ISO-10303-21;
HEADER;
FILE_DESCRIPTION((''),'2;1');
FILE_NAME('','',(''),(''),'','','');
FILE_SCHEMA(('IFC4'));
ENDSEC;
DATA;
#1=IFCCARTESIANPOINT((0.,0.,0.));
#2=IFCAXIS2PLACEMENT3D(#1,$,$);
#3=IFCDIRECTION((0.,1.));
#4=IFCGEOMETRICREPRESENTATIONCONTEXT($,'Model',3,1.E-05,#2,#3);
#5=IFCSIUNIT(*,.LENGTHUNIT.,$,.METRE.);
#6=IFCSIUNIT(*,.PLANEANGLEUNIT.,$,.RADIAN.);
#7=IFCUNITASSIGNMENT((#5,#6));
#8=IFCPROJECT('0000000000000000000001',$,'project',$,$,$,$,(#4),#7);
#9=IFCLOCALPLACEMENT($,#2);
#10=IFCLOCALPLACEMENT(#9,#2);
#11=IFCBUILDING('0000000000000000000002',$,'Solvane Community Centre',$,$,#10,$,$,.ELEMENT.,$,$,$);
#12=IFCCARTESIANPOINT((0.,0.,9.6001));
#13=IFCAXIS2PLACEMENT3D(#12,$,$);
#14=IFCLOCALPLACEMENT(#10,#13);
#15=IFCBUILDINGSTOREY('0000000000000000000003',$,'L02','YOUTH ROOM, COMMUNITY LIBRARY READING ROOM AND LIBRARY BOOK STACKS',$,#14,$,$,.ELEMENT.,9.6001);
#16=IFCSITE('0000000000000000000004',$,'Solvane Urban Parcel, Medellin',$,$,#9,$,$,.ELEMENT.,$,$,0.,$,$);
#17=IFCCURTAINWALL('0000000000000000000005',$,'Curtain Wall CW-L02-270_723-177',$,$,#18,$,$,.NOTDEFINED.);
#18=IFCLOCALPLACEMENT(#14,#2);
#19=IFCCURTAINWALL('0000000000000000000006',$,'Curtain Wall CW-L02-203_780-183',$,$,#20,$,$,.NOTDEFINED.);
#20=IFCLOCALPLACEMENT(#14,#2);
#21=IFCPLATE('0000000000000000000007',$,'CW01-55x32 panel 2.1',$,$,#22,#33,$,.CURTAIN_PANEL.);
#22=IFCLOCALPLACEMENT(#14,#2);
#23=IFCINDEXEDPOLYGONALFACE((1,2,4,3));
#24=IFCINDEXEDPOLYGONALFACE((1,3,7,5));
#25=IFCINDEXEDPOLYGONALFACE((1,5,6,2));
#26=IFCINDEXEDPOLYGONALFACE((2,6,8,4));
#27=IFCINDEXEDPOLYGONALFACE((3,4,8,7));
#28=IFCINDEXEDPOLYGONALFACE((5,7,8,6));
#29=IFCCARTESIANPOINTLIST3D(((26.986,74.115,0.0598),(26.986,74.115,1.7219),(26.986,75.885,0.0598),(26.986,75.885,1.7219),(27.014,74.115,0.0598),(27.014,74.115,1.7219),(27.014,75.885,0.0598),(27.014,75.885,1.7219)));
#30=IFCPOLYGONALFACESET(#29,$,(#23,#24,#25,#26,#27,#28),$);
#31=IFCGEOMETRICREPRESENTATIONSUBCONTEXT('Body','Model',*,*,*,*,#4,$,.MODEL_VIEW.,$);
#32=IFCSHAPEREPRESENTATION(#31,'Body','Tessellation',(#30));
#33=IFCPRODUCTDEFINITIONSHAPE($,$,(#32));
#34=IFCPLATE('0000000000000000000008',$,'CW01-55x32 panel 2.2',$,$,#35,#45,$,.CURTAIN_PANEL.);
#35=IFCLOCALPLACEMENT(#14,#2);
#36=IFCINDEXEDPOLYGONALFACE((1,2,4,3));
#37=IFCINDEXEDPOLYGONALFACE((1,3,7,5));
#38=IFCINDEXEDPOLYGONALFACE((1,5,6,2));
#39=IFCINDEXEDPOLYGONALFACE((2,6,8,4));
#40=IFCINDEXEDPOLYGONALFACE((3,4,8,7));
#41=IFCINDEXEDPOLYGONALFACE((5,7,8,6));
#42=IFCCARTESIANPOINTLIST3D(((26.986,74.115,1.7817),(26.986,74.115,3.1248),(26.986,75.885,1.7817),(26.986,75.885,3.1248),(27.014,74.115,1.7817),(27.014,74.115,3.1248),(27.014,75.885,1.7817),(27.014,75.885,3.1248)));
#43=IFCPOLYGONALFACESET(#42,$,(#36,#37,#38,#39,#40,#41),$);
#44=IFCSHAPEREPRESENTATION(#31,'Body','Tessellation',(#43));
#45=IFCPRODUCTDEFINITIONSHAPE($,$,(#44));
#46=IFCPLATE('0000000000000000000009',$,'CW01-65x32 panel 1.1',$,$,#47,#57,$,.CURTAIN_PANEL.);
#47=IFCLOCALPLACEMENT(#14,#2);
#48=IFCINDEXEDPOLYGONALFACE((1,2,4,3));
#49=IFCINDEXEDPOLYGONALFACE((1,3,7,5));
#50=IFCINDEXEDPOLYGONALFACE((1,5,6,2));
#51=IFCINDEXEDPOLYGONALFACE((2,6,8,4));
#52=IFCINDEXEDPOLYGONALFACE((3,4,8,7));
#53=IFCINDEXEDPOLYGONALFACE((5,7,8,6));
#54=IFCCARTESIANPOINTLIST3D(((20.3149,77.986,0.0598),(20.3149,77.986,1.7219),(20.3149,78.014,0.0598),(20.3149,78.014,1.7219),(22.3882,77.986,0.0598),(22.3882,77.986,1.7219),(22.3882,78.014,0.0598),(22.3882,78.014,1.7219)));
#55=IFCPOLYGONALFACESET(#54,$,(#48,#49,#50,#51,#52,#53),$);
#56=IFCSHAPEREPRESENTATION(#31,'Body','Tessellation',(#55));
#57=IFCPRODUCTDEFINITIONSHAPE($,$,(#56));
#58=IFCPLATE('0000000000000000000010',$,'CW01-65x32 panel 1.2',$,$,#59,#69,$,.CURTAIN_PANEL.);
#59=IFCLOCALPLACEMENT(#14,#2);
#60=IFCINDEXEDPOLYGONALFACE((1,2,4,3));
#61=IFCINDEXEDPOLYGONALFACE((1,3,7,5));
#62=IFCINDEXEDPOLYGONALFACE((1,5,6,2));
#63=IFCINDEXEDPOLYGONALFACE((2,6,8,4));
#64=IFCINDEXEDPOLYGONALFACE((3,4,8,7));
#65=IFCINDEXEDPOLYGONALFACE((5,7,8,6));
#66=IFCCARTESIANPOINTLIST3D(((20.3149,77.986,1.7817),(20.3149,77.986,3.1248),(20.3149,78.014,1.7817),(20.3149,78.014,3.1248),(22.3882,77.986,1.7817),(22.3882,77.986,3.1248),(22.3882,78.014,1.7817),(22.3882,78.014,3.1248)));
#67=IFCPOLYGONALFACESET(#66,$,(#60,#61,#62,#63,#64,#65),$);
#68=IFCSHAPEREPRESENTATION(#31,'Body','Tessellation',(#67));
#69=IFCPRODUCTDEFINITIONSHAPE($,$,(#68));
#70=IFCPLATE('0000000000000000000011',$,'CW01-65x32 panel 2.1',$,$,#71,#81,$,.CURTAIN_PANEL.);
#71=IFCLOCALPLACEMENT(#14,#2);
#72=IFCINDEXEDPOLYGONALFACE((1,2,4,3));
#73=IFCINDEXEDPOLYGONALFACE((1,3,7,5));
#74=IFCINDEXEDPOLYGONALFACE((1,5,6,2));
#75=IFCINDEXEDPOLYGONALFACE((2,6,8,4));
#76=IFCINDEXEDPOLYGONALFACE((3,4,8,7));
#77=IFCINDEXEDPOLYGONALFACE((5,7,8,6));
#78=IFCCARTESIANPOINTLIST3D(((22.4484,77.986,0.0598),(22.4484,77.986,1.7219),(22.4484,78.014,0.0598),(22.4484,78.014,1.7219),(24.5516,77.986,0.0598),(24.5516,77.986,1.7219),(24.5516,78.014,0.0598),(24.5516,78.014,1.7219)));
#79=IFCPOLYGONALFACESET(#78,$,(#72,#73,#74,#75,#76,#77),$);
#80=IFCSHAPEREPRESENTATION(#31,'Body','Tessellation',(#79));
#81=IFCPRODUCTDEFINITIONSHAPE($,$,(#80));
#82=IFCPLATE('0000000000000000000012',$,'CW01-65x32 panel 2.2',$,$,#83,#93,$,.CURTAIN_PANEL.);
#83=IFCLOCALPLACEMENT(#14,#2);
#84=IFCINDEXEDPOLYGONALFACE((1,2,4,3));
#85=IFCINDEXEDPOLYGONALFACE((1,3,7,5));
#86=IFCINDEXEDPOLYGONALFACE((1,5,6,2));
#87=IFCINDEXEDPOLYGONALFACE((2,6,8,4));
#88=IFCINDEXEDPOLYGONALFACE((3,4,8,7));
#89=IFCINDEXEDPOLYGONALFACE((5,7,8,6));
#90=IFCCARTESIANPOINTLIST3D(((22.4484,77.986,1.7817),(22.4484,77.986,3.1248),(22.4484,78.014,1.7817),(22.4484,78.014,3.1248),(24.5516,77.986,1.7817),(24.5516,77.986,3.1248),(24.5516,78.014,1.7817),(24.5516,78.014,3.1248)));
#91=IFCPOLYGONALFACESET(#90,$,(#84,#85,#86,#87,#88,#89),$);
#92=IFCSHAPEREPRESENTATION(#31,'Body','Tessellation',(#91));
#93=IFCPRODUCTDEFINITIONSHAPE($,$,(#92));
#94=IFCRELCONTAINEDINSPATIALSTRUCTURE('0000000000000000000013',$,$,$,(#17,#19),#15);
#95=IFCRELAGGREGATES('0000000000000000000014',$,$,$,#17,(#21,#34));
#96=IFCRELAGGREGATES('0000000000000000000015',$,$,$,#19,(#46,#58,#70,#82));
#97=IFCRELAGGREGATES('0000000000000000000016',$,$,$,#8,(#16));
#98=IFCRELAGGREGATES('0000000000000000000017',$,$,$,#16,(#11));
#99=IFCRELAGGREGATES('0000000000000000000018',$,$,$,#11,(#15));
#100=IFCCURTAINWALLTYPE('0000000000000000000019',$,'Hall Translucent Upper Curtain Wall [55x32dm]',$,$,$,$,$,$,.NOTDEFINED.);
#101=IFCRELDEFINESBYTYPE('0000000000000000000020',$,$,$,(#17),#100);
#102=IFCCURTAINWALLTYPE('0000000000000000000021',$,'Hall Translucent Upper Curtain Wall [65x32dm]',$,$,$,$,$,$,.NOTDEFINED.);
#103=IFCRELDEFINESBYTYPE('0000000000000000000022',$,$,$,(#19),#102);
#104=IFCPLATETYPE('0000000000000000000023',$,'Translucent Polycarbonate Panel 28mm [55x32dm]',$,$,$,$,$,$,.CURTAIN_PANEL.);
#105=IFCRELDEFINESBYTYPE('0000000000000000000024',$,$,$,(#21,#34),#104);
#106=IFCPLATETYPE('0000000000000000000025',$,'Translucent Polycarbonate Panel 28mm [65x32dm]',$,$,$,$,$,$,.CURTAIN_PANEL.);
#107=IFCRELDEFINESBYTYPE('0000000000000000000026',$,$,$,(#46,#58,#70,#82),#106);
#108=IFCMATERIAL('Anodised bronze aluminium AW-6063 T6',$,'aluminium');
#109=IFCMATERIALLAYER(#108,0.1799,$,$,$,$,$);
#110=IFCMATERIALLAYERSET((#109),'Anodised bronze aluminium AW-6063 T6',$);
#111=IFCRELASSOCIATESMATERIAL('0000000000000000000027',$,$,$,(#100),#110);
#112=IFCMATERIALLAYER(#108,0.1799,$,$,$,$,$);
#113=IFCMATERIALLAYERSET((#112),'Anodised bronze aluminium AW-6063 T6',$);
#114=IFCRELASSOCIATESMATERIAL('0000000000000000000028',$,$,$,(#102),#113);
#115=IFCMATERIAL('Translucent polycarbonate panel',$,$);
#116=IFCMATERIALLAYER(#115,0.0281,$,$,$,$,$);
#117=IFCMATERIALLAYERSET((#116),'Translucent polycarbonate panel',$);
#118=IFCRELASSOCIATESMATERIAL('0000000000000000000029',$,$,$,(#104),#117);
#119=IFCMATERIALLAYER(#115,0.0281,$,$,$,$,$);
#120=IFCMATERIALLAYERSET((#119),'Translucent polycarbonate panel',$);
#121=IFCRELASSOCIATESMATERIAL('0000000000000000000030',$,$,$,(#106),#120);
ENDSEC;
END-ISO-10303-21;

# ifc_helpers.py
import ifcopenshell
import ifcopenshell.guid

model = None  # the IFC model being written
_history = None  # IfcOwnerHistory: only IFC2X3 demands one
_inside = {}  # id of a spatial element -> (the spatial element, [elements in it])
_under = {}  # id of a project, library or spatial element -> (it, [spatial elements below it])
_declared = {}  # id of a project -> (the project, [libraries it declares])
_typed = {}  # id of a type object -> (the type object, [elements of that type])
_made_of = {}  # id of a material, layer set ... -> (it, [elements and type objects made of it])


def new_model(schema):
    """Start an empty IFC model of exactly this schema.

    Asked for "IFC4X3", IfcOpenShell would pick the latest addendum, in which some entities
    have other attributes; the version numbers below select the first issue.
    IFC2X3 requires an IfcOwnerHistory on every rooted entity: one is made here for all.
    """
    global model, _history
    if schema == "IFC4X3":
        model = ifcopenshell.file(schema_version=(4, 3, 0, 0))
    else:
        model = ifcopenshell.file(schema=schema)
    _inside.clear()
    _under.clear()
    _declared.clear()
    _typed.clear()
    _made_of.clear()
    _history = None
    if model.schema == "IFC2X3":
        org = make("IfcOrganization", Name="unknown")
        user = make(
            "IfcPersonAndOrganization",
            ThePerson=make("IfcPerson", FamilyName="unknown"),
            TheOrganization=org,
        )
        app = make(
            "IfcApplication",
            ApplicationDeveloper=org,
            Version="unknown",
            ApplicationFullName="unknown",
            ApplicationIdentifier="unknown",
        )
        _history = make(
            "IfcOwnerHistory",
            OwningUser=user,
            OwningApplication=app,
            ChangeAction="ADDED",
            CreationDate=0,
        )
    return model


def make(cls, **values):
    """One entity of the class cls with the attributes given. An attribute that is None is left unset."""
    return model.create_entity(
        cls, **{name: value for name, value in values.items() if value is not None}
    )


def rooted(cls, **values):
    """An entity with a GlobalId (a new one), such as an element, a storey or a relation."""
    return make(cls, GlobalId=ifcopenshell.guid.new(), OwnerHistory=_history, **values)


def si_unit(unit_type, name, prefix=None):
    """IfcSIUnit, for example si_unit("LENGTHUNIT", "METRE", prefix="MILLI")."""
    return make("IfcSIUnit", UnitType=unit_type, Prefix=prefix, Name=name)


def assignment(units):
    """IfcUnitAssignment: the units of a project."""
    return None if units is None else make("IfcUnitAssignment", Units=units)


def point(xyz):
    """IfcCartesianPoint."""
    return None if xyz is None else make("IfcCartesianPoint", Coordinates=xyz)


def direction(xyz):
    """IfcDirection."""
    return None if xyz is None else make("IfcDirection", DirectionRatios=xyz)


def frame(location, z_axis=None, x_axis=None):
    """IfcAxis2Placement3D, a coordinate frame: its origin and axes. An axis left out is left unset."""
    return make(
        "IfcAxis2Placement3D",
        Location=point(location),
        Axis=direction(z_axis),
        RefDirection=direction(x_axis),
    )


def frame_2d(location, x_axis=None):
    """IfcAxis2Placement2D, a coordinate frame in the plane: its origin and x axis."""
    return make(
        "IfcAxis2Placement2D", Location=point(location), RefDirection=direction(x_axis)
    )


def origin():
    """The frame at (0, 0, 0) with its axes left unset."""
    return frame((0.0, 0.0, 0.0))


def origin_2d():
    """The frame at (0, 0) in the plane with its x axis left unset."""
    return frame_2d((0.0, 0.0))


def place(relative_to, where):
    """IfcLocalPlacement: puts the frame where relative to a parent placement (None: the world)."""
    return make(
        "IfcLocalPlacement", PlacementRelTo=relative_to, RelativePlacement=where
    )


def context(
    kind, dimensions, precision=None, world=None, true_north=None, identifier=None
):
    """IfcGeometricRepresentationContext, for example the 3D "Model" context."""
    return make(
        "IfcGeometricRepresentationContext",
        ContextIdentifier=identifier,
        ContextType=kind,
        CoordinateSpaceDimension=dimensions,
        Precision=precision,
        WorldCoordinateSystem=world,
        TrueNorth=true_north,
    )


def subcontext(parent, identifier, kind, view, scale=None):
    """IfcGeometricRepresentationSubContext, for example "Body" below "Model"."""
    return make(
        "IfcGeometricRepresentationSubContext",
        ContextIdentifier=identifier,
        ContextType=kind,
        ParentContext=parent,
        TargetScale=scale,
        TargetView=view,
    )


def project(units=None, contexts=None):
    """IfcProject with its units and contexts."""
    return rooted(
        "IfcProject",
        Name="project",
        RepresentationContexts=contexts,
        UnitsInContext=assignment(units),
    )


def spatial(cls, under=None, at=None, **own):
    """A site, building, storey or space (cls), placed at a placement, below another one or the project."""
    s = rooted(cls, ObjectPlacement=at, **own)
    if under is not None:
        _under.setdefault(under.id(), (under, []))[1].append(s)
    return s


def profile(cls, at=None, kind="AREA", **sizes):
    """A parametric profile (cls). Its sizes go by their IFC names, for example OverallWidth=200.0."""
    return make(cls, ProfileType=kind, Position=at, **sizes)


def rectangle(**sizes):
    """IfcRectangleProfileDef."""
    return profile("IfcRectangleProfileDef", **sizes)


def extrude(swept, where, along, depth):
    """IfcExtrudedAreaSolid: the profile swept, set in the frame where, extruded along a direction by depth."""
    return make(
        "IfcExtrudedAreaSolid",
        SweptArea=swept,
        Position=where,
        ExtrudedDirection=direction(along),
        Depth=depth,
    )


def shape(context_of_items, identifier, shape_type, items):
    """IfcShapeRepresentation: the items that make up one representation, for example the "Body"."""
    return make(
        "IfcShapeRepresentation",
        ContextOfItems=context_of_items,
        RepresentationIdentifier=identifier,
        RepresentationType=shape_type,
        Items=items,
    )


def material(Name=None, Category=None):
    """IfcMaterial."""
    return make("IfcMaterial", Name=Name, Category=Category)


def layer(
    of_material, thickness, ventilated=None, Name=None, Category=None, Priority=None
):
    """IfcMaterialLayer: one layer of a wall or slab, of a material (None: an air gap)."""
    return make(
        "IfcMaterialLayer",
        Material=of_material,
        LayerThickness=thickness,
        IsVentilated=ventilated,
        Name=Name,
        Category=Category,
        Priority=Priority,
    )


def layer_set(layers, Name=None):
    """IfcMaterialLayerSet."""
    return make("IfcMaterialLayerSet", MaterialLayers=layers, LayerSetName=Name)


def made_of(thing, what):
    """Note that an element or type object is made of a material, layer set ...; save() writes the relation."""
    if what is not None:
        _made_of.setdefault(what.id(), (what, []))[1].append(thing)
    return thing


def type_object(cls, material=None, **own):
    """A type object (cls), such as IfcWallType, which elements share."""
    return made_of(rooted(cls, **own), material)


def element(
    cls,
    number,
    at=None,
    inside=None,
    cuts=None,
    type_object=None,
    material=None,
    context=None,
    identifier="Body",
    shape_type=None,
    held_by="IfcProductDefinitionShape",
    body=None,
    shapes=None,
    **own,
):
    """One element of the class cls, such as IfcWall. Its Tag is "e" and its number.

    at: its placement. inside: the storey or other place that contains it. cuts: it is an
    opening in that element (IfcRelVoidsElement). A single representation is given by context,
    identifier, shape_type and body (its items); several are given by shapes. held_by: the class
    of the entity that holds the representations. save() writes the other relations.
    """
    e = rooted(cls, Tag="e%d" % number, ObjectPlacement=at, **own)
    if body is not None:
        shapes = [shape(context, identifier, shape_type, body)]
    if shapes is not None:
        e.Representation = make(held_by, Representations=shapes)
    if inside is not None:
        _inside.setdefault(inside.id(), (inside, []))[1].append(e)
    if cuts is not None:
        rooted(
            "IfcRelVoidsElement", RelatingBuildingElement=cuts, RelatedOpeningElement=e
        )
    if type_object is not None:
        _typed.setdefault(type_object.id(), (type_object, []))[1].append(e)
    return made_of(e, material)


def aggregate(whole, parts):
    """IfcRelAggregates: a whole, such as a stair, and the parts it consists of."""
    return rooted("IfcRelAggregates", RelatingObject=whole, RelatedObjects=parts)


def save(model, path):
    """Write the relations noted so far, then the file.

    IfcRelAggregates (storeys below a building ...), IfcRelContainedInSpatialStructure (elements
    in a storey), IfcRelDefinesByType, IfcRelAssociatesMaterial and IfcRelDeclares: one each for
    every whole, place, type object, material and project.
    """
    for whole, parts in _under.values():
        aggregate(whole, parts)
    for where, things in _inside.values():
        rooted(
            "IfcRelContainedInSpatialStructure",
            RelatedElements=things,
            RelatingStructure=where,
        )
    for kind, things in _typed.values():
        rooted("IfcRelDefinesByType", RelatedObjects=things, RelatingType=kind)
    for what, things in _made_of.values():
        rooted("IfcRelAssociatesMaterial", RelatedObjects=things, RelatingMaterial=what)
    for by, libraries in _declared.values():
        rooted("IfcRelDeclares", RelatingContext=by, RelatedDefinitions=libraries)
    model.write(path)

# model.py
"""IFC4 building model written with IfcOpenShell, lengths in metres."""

from ifc_helpers import new_model, si_unit, direction, frame, origin, origin_2d, place, context, subcontext, project, spatial, rectangle, extrude, material, layer, layer_set, type_object, element, aggregate, save


model = new_model("IFC4")

# Units and contexts
model_context = context("Model", 3, precision=1e-05, world=origin(), true_north=direction((0.0, 1.0)))
body_context = subcontext(model_context, "Body", "Model", "MODEL_VIEW")
ifc_project = project(units=[si_unit("LENGTHUNIT", "METRE"), si_unit("PLANEANGLEUNIT", "RADIAN")], contexts=[model_context])

# Site, building, storey
site_placement = place(None, origin())
site = spatial("IfcSite", under=ifc_project, at=site_placement, Name="Solvane Urban Parcel, Medellin", CompositionType="ELEMENT", RefElevation=0.0)
building_placement = place(site_placement, origin())
building = spatial("IfcBuilding", under=site, at=building_placement, Name="Solvane Community Centre", CompositionType="ELEMENT")
storey_placement = place(building_placement, frame((0.0, 0.0, 9.6001)))
storey = spatial("IfcBuildingStorey", under=building, at=storey_placement, Name="L02", Description="YOUTH ROOM, COMMUNITY LIBRARY READING ROOM AND LIBRARY BOOK STACKS", CompositionType="ELEMENT", Elevation=9.6001)

# Curtain wall
ifc_material_1 = material(Name="Anodised bronze aluminium AW-6063 T6", Category="aluminium")
ifc_layer_1 = layer(ifc_material_1, 0.1799)
ifc_layer_set_1 = layer_set([ifc_layer_1], Name="Anodised bronze aluminium AW-6063 T6")
curtain_wall_type_1 = type_object("IfcCurtainWallType", Name="Hall Translucent Upper Curtain Wall [55x32dm]", PredefinedType="NOTDEFINED", material=ifc_layer_set_1)
curtain_wall_1_placement = place(storey_placement, origin())
curtain_wall_1 = element("IfcCurtainWall", 1, at=curtain_wall_1_placement, inside=storey, type_object=curtain_wall_type_1, Name="Curtain Wall CW-L02-270_723-177", PredefinedType="NOTDEFINED")

# Curtain wall
ifc_layer_2 = layer(ifc_material_1, 0.1799)
ifc_layer_set_2 = layer_set([ifc_layer_2], Name="Anodised bronze aluminium AW-6063 T6")
curtain_wall_type_2 = type_object("IfcCurtainWallType", Name="Hall Translucent Upper Curtain Wall [65x32dm]", PredefinedType="NOTDEFINED", material=ifc_layer_set_2)
curtain_wall_2_placement = place(storey_placement, origin())
curtain_wall_2 = element("IfcCurtainWall", 2, at=curtain_wall_2_placement, inside=storey, type_object=curtain_wall_type_2, Name="Curtain Wall CW-L02-203_780-183", PredefinedType="NOTDEFINED")

# Plates
ifc_material_2 = material(Name="Translucent polycarbonate panel")
ifc_layer_3 = layer(ifc_material_2, 0.0281)
ifc_layer_set_3 = layer_set([ifc_layer_3], Name="Translucent polycarbonate panel")
plate_type_1 = type_object("IfcPlateType", Name="Translucent Polycarbonate Panel 28mm [55x32dm]", PredefinedType="CURTAIN_PANEL", material=ifc_layer_set_3)
plate_1_placement = place(storey_placement, frame((27.0, 75.0, 0.0598), z_axis=(0.0, 0.0, 1.0), x_axis=(0.0, 1.0, 0.0)))
plate_1 = element("IfcPlate", 3, at=plate_1_placement, type_object=plate_type_1, Name="CW01-55x32 panel 2.1", PredefinedType="CURTAIN_PANEL", context=body_context, shape_type="SweptSolid", body=[
    extrude(rectangle(XDim=1.77, YDim=0.0281, at=origin_2d()), origin(), (0.0, 0.0, 1.0), 1.6621),
])
plate_2_placement = place(storey_placement, frame((27.0, 75.0, 1.7817), z_axis=(0.0, 0.0, 1.0), x_axis=(0.0, 1.0, 0.0)))
plate_2 = element("IfcPlate", 4, at=plate_2_placement, type_object=plate_type_1, Name="CW01-55x32 panel 2.2", PredefinedType="CURTAIN_PANEL", context=body_context, shape_type="SweptSolid", body=[
    extrude(rectangle(XDim=1.77, YDim=0.0281, at=origin_2d()), origin(), (0.0, 0.0, 1.0), 1.343),
])
aggregate(curtain_wall_1, [plate_1, plate_2])
ifc_layer_4 = layer(ifc_material_2, 0.0281)
ifc_layer_set_4 = layer_set([ifc_layer_4], Name="Translucent polycarbonate panel")
plate_type_2 = type_object("IfcPlateType", Name="Translucent Polycarbonate Panel 28mm [65x32dm]", PredefinedType="CURTAIN_PANEL", material=ifc_layer_set_4)
plate_3_placement = place(storey_placement, frame((21.3516, 78.0, 0.0598), z_axis=(0.0, 0.0, 1.0), x_axis=(1.0, 0.0, 0.0)))
plate_3 = element("IfcPlate", 5, at=plate_3_placement, type_object=plate_type_2, Name="CW01-65x32 panel 1.1", PredefinedType="CURTAIN_PANEL", context=body_context, shape_type="SweptSolid", body=[
    extrude(rectangle(XDim=2.0732, YDim=0.0281, at=origin_2d()), origin(), (0.0, 0.0, 1.0), 1.6621),
])
plate_4_placement = place(storey_placement, frame((21.3516, 78.0, 1.7817), z_axis=(0.0, 0.0, 1.0), x_axis=(1.0, 0.0, 0.0)))
plate_4 = element("IfcPlate", 6, at=plate_4_placement, type_object=plate_type_2, Name="CW01-65x32 panel 1.2", PredefinedType="CURTAIN_PANEL", context=body_context, shape_type="SweptSolid", body=[
    extrude(rectangle(XDim=2.0732, YDim=0.0281, at=origin_2d()), origin(), (0.0, 0.0, 1.0), 1.343),
])
plate_5_placement = place(storey_placement, frame((23.5, 78.0, 0.0598), z_axis=(0.0, 0.0, 1.0), x_axis=(1.0, 0.0, 0.0)))
plate_5 = element("IfcPlate", 7, at=plate_5_placement, type_object=plate_type_2, Name="CW01-65x32 panel 2.1", PredefinedType="CURTAIN_PANEL", context=body_context, shape_type="SweptSolid", body=[
    extrude(rectangle(XDim=2.1033, YDim=0.0281, at=origin_2d()), origin(), (0.0, 0.0, 1.0), 1.6621),
])
plate_6_placement = place(storey_placement, frame((23.5, 78.0, 1.7817), z_axis=(0.0, 0.0, 1.0), x_axis=(1.0, 0.0, 0.0)))
plate_6 = element("IfcPlate", 8, at=plate_6_placement, type_object=plate_type_2, Name="CW01-65x32 panel 2.2", PredefinedType="CURTAIN_PANEL", context=body_context, shape_type="SweptSolid", body=[
    extrude(rectangle(XDim=2.1033, YDim=0.0281, at=origin_2d()), origin(), (0.0, 0.0, 1.0), 1.343),
])
aggregate(curtain_wall_2, [plate_3, plate_4, plate_5, plate_6])

save(model, "model.ifc")
